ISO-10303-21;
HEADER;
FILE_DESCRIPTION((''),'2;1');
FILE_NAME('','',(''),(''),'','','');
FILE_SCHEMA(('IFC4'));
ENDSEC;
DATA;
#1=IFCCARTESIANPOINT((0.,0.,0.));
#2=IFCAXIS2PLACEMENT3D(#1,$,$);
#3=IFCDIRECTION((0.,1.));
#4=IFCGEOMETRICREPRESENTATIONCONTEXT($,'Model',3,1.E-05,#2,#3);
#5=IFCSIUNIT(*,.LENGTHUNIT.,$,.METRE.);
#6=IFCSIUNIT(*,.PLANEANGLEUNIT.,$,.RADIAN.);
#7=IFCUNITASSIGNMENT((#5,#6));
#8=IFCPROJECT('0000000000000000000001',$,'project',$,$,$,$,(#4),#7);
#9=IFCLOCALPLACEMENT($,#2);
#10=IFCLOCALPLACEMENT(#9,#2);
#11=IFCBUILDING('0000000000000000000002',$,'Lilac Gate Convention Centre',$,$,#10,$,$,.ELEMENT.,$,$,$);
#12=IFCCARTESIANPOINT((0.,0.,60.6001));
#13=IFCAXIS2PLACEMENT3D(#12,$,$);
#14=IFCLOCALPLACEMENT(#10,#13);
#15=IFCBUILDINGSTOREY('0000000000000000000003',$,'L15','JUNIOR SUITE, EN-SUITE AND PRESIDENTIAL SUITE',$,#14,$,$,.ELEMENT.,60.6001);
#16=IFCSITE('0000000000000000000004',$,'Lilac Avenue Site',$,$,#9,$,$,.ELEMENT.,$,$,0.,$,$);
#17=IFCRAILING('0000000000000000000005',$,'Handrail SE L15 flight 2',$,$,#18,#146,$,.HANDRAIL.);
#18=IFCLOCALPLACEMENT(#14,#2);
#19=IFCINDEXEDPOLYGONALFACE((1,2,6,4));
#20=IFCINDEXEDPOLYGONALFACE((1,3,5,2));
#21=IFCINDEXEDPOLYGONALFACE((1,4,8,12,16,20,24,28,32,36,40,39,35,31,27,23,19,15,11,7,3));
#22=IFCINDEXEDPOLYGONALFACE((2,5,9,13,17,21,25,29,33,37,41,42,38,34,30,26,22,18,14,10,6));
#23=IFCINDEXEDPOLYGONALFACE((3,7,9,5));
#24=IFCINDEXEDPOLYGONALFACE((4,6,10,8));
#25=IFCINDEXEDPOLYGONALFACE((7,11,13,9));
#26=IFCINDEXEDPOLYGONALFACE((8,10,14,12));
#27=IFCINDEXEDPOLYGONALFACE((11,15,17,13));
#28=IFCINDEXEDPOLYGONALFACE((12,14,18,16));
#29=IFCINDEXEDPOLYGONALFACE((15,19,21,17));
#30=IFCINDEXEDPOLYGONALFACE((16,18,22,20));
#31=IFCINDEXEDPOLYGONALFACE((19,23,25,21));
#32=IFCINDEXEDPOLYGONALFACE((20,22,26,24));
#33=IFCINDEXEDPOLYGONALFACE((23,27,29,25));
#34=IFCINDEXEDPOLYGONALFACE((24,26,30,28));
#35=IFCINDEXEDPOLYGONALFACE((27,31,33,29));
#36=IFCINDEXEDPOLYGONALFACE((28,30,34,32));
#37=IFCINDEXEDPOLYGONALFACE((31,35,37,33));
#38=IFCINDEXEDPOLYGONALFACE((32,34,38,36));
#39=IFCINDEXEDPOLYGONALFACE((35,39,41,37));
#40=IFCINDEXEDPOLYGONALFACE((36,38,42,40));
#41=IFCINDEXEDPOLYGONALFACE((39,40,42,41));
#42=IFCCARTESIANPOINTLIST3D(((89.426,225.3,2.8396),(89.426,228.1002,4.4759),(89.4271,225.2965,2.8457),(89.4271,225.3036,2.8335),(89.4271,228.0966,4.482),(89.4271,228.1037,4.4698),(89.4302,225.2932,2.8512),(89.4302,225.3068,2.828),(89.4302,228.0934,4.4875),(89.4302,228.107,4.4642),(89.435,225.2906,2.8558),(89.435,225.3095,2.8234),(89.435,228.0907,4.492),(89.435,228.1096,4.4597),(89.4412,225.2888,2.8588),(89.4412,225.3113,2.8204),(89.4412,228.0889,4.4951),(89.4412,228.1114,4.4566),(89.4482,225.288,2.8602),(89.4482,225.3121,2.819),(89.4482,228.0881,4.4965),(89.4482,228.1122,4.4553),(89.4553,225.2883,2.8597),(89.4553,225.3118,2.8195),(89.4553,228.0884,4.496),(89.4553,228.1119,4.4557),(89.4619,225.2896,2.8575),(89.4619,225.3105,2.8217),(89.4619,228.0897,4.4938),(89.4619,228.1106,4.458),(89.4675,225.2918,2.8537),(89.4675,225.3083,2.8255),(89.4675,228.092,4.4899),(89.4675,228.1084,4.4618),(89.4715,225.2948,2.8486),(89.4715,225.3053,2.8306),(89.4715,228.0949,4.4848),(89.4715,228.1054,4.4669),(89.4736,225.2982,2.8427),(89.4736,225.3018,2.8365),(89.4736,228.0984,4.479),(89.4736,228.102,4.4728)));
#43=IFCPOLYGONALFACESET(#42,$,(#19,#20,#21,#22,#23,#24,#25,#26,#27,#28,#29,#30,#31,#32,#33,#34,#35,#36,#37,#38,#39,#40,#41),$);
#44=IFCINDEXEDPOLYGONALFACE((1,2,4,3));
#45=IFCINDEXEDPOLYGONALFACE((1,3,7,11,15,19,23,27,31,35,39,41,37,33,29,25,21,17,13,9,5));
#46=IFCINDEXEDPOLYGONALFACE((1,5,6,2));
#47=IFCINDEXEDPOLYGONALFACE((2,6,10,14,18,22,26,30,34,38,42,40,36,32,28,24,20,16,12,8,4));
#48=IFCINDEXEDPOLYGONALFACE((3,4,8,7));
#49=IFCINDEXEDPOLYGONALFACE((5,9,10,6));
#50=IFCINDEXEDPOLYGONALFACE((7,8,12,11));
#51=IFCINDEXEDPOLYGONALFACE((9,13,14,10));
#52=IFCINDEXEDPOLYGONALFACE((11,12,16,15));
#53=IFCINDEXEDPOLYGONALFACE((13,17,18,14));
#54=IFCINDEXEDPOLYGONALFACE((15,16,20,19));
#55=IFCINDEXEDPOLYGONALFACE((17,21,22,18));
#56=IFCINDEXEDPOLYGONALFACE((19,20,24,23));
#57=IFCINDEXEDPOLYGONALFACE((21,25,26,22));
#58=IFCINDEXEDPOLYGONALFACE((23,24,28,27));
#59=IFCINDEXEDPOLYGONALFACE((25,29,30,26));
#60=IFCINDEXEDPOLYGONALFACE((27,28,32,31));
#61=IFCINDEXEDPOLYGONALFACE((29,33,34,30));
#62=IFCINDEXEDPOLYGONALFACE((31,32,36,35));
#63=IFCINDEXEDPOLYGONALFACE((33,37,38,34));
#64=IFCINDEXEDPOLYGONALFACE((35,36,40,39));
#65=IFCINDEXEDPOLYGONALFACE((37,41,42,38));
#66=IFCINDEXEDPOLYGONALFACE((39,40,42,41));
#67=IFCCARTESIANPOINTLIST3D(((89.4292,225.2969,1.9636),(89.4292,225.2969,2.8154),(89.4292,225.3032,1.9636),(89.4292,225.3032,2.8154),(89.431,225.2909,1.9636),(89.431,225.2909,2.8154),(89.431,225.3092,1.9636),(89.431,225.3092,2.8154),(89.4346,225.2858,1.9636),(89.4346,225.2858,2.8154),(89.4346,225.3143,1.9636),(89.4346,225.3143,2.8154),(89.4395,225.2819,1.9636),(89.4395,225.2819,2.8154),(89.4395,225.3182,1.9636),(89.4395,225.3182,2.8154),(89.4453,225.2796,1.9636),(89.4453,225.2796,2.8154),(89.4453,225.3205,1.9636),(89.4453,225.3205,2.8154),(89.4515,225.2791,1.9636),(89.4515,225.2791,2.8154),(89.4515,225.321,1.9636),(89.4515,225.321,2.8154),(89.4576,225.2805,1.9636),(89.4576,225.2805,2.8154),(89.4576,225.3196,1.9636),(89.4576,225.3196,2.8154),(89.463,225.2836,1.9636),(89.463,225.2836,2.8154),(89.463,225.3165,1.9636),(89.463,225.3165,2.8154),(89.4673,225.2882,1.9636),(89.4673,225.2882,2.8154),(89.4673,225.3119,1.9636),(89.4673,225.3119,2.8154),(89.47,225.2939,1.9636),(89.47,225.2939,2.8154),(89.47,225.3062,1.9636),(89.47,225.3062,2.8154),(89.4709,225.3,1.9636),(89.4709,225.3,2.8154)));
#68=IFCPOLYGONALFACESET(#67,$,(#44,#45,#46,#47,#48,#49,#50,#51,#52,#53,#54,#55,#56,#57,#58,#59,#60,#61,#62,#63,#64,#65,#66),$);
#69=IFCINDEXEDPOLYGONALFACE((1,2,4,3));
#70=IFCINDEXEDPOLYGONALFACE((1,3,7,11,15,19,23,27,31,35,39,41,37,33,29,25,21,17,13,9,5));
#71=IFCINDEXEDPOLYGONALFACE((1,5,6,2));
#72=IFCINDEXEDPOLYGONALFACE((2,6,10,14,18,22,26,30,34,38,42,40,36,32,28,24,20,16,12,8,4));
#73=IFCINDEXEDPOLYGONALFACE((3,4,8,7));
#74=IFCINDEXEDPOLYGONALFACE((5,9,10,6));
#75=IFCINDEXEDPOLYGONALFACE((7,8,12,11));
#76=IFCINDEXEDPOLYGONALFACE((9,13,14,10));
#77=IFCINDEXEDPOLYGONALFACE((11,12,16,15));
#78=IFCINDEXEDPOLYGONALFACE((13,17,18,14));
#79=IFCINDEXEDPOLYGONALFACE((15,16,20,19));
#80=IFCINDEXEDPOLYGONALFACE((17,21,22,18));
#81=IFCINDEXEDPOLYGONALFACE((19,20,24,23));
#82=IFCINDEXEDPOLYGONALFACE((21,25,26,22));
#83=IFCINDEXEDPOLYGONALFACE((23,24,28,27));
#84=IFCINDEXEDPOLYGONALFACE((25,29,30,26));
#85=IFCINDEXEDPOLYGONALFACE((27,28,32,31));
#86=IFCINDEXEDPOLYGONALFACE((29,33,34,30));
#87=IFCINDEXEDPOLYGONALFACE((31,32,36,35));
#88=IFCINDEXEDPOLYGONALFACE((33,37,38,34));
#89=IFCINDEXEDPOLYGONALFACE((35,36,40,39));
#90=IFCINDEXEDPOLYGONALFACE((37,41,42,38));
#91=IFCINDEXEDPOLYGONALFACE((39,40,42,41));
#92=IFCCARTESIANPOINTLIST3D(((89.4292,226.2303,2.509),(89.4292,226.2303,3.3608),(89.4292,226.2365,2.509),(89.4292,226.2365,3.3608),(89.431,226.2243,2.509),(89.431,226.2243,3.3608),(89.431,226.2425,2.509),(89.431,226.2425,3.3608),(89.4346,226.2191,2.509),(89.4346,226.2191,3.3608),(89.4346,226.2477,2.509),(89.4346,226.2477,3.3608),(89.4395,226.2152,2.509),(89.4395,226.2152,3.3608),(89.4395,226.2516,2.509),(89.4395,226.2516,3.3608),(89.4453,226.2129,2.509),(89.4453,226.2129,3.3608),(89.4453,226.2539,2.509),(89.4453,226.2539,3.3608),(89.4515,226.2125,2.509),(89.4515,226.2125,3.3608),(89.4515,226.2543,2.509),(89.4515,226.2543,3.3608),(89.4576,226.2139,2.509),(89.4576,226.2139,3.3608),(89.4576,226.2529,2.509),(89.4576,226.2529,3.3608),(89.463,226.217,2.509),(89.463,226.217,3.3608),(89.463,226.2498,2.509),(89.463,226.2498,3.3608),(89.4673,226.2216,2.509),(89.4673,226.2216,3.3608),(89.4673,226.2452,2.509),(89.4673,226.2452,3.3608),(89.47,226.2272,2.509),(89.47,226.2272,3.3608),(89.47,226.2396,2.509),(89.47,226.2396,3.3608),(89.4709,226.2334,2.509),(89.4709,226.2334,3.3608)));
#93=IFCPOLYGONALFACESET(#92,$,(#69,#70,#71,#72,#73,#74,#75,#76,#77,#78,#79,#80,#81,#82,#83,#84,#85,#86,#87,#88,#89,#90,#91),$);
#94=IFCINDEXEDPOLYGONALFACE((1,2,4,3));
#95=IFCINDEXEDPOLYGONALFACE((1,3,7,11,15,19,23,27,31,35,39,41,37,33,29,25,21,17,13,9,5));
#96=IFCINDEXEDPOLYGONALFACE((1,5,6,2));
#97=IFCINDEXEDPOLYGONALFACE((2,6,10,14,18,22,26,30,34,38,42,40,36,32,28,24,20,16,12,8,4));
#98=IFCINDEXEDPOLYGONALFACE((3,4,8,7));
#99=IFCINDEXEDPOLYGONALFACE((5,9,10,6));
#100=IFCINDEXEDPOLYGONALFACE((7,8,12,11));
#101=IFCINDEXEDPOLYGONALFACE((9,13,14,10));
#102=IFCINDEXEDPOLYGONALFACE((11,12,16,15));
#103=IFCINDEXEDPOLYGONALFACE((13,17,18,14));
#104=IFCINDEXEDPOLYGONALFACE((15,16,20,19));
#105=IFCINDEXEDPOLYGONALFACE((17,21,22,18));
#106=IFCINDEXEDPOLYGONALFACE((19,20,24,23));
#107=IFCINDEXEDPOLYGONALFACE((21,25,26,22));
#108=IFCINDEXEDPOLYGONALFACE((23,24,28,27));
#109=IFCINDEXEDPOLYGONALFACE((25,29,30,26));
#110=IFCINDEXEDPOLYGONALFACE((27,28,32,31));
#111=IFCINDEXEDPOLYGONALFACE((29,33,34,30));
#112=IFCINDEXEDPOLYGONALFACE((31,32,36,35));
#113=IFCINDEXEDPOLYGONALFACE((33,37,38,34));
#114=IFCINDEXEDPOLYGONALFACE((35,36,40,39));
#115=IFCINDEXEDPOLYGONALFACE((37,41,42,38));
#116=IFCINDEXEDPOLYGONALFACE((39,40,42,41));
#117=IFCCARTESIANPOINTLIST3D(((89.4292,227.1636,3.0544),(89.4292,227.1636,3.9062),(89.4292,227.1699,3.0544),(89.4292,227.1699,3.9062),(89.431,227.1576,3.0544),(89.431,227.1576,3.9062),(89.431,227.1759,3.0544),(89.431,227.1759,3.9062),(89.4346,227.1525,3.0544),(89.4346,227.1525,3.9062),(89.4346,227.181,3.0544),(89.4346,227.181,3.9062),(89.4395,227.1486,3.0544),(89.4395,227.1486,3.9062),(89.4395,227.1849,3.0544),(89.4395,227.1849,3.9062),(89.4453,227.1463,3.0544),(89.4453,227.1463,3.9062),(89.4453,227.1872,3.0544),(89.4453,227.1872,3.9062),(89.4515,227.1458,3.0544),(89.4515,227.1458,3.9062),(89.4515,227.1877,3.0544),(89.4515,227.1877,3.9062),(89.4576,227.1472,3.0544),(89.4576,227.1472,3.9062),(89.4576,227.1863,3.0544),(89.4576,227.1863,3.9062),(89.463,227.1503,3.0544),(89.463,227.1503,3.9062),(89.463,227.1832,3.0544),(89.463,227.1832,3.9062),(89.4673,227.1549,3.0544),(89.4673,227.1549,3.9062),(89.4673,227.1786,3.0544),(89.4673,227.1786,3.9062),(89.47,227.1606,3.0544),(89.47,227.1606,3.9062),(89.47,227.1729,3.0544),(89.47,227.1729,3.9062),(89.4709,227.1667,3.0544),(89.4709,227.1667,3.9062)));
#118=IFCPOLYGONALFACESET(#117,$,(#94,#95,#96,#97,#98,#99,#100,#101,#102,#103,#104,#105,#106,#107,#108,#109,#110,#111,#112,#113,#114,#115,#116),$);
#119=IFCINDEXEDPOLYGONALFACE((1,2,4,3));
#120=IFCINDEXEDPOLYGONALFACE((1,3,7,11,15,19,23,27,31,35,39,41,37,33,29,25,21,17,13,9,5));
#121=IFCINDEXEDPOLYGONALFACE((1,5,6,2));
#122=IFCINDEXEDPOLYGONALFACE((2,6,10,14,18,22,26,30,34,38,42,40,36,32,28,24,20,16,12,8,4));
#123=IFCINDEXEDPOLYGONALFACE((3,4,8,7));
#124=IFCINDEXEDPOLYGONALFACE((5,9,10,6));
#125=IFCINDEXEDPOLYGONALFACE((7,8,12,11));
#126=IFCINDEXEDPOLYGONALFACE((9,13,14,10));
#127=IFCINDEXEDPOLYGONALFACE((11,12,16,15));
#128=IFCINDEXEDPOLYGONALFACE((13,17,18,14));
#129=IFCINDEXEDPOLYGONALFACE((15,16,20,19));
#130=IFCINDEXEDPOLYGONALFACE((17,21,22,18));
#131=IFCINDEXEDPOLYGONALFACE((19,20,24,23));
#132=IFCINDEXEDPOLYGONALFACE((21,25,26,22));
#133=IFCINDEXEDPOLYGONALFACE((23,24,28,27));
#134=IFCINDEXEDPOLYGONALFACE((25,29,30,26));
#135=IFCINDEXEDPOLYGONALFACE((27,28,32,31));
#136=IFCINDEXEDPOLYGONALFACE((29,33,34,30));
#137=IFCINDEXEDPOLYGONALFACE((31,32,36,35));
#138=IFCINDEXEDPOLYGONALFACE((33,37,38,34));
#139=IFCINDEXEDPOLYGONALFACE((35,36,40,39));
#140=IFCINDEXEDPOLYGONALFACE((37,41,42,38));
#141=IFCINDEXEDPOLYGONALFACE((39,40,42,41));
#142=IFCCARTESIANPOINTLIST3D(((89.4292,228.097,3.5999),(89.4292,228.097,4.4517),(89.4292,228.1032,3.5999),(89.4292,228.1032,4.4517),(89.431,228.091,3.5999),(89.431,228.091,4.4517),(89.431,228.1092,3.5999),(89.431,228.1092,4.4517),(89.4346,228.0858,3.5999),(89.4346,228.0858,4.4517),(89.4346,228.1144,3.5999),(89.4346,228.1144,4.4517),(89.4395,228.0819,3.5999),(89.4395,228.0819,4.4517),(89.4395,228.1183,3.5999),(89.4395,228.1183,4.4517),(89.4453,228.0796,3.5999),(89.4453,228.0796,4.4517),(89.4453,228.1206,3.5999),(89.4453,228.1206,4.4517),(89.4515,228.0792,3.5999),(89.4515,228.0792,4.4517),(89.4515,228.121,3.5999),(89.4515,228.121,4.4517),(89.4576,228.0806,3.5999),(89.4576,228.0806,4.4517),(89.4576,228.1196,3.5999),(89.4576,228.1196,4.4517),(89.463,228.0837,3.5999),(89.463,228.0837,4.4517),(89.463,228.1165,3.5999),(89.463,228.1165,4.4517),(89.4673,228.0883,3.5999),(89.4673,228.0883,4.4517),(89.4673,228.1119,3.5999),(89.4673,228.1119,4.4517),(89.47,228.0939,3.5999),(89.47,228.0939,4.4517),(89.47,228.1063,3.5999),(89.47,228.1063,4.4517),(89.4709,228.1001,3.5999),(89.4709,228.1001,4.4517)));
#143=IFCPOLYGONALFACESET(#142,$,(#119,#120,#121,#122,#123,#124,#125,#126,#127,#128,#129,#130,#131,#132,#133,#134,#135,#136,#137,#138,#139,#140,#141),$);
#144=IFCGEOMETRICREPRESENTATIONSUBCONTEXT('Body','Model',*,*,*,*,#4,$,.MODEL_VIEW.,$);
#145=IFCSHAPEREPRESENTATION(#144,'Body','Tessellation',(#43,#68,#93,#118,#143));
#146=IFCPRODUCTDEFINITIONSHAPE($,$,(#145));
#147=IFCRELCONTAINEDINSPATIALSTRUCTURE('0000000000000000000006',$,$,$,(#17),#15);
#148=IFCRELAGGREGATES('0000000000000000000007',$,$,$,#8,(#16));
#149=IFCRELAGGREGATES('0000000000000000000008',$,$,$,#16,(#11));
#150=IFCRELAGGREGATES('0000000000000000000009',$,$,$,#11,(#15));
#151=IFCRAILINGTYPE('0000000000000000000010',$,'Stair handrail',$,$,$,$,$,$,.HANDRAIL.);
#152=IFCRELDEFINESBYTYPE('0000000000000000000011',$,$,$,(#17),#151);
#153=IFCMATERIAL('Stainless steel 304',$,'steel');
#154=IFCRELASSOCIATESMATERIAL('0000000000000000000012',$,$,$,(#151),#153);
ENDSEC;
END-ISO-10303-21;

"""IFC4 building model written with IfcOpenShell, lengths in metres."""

from ifc_helpers import new_model, si_unit, direction, frame, origin, origin_2d, place, context, subcontext, project, spatial, circle, extrude, material, type_object, element, save


model = new_model("IFC4")

# Units and contexts
model_context = context("Model", 3, precision=1e-05, world=origin(), true_north=direction((0.0, 1.0)))
body_context = subcontext(model_context, "Body", "Model", "MODEL_VIEW")
ifc_project = project(units=[si_unit("LENGTHUNIT", "METRE"), si_unit("PLANEANGLEUNIT", "RADIAN")], contexts=[model_context])

# Site, building, storey
site_placement = place(None, origin())
site = spatial("IfcSite", under=ifc_project, at=site_placement, Name="Lilac Avenue Site", CompositionType="ELEMENT", RefElevation=0.0)
building_placement = place(site_placement, origin())
building = spatial("IfcBuilding", under=site, at=building_placement, Name="Lilac Gate Convention Centre", CompositionType="ELEMENT")
storey_placement = place(building_placement, frame((0.0, 0.0, 60.6001)))
storey = spatial("IfcBuildingStorey", under=building, at=storey_placement, Name="L15", Description="JUNIOR SUITE, EN-SUITE AND PRESIDENTIAL SUITE", CompositionType="ELEMENT", Elevation=60.6001)

# Railing
ifc_material_1 = material(Name="Stainless steel 304", Category="steel")
railing_type = type_object("IfcRailingType", Name="Stair handrail", PredefinedType="HANDRAIL", material=ifc_material_1)
for number, where, name in (
    (1, (89.45, 225.3, 1.9636), "Handrail SE L15 flight 2"),
):
    element("IfcRailing", number, at=place(storey_placement, frame(where)), inside=storey, type_object=railing_type, Name=name, PredefinedType="HANDRAIL", context=body_context, shape_type="SweptSolid", body=[
        extrude(circle(Radius=0.0239, at=origin_2d()), frame((0.0, 0.0, 0.876), z_axis=(0.0, 0.863394, 0.504531), x_axis=(-1.0, 0.0, 0.0)), (0.0, 0.0, 1.0), 3.2432),
        extrude(circle(Radius=0.021, at=origin_2d()), origin(), (0.0, 0.0, 1.0), 0.8518),
        extrude(circle(Radius=0.021, at=origin_2d()), frame((0.0, 0.9333, 0.5454)), (0.0, 0.0, 1.0), 0.8518),
        extrude(circle(Radius=0.021, at=origin_2d()), frame((0.0, 1.8667, 1.0908)), (0.0, 0.0, 1.0), 0.8518),
        extrude(circle(Radius=0.021, at=origin_2d()), frame((0.0, 2.8, 1.6362)), (0.0, 0.0, 1.0), 0.8518),
    ])

save(model, "model.ifc")
